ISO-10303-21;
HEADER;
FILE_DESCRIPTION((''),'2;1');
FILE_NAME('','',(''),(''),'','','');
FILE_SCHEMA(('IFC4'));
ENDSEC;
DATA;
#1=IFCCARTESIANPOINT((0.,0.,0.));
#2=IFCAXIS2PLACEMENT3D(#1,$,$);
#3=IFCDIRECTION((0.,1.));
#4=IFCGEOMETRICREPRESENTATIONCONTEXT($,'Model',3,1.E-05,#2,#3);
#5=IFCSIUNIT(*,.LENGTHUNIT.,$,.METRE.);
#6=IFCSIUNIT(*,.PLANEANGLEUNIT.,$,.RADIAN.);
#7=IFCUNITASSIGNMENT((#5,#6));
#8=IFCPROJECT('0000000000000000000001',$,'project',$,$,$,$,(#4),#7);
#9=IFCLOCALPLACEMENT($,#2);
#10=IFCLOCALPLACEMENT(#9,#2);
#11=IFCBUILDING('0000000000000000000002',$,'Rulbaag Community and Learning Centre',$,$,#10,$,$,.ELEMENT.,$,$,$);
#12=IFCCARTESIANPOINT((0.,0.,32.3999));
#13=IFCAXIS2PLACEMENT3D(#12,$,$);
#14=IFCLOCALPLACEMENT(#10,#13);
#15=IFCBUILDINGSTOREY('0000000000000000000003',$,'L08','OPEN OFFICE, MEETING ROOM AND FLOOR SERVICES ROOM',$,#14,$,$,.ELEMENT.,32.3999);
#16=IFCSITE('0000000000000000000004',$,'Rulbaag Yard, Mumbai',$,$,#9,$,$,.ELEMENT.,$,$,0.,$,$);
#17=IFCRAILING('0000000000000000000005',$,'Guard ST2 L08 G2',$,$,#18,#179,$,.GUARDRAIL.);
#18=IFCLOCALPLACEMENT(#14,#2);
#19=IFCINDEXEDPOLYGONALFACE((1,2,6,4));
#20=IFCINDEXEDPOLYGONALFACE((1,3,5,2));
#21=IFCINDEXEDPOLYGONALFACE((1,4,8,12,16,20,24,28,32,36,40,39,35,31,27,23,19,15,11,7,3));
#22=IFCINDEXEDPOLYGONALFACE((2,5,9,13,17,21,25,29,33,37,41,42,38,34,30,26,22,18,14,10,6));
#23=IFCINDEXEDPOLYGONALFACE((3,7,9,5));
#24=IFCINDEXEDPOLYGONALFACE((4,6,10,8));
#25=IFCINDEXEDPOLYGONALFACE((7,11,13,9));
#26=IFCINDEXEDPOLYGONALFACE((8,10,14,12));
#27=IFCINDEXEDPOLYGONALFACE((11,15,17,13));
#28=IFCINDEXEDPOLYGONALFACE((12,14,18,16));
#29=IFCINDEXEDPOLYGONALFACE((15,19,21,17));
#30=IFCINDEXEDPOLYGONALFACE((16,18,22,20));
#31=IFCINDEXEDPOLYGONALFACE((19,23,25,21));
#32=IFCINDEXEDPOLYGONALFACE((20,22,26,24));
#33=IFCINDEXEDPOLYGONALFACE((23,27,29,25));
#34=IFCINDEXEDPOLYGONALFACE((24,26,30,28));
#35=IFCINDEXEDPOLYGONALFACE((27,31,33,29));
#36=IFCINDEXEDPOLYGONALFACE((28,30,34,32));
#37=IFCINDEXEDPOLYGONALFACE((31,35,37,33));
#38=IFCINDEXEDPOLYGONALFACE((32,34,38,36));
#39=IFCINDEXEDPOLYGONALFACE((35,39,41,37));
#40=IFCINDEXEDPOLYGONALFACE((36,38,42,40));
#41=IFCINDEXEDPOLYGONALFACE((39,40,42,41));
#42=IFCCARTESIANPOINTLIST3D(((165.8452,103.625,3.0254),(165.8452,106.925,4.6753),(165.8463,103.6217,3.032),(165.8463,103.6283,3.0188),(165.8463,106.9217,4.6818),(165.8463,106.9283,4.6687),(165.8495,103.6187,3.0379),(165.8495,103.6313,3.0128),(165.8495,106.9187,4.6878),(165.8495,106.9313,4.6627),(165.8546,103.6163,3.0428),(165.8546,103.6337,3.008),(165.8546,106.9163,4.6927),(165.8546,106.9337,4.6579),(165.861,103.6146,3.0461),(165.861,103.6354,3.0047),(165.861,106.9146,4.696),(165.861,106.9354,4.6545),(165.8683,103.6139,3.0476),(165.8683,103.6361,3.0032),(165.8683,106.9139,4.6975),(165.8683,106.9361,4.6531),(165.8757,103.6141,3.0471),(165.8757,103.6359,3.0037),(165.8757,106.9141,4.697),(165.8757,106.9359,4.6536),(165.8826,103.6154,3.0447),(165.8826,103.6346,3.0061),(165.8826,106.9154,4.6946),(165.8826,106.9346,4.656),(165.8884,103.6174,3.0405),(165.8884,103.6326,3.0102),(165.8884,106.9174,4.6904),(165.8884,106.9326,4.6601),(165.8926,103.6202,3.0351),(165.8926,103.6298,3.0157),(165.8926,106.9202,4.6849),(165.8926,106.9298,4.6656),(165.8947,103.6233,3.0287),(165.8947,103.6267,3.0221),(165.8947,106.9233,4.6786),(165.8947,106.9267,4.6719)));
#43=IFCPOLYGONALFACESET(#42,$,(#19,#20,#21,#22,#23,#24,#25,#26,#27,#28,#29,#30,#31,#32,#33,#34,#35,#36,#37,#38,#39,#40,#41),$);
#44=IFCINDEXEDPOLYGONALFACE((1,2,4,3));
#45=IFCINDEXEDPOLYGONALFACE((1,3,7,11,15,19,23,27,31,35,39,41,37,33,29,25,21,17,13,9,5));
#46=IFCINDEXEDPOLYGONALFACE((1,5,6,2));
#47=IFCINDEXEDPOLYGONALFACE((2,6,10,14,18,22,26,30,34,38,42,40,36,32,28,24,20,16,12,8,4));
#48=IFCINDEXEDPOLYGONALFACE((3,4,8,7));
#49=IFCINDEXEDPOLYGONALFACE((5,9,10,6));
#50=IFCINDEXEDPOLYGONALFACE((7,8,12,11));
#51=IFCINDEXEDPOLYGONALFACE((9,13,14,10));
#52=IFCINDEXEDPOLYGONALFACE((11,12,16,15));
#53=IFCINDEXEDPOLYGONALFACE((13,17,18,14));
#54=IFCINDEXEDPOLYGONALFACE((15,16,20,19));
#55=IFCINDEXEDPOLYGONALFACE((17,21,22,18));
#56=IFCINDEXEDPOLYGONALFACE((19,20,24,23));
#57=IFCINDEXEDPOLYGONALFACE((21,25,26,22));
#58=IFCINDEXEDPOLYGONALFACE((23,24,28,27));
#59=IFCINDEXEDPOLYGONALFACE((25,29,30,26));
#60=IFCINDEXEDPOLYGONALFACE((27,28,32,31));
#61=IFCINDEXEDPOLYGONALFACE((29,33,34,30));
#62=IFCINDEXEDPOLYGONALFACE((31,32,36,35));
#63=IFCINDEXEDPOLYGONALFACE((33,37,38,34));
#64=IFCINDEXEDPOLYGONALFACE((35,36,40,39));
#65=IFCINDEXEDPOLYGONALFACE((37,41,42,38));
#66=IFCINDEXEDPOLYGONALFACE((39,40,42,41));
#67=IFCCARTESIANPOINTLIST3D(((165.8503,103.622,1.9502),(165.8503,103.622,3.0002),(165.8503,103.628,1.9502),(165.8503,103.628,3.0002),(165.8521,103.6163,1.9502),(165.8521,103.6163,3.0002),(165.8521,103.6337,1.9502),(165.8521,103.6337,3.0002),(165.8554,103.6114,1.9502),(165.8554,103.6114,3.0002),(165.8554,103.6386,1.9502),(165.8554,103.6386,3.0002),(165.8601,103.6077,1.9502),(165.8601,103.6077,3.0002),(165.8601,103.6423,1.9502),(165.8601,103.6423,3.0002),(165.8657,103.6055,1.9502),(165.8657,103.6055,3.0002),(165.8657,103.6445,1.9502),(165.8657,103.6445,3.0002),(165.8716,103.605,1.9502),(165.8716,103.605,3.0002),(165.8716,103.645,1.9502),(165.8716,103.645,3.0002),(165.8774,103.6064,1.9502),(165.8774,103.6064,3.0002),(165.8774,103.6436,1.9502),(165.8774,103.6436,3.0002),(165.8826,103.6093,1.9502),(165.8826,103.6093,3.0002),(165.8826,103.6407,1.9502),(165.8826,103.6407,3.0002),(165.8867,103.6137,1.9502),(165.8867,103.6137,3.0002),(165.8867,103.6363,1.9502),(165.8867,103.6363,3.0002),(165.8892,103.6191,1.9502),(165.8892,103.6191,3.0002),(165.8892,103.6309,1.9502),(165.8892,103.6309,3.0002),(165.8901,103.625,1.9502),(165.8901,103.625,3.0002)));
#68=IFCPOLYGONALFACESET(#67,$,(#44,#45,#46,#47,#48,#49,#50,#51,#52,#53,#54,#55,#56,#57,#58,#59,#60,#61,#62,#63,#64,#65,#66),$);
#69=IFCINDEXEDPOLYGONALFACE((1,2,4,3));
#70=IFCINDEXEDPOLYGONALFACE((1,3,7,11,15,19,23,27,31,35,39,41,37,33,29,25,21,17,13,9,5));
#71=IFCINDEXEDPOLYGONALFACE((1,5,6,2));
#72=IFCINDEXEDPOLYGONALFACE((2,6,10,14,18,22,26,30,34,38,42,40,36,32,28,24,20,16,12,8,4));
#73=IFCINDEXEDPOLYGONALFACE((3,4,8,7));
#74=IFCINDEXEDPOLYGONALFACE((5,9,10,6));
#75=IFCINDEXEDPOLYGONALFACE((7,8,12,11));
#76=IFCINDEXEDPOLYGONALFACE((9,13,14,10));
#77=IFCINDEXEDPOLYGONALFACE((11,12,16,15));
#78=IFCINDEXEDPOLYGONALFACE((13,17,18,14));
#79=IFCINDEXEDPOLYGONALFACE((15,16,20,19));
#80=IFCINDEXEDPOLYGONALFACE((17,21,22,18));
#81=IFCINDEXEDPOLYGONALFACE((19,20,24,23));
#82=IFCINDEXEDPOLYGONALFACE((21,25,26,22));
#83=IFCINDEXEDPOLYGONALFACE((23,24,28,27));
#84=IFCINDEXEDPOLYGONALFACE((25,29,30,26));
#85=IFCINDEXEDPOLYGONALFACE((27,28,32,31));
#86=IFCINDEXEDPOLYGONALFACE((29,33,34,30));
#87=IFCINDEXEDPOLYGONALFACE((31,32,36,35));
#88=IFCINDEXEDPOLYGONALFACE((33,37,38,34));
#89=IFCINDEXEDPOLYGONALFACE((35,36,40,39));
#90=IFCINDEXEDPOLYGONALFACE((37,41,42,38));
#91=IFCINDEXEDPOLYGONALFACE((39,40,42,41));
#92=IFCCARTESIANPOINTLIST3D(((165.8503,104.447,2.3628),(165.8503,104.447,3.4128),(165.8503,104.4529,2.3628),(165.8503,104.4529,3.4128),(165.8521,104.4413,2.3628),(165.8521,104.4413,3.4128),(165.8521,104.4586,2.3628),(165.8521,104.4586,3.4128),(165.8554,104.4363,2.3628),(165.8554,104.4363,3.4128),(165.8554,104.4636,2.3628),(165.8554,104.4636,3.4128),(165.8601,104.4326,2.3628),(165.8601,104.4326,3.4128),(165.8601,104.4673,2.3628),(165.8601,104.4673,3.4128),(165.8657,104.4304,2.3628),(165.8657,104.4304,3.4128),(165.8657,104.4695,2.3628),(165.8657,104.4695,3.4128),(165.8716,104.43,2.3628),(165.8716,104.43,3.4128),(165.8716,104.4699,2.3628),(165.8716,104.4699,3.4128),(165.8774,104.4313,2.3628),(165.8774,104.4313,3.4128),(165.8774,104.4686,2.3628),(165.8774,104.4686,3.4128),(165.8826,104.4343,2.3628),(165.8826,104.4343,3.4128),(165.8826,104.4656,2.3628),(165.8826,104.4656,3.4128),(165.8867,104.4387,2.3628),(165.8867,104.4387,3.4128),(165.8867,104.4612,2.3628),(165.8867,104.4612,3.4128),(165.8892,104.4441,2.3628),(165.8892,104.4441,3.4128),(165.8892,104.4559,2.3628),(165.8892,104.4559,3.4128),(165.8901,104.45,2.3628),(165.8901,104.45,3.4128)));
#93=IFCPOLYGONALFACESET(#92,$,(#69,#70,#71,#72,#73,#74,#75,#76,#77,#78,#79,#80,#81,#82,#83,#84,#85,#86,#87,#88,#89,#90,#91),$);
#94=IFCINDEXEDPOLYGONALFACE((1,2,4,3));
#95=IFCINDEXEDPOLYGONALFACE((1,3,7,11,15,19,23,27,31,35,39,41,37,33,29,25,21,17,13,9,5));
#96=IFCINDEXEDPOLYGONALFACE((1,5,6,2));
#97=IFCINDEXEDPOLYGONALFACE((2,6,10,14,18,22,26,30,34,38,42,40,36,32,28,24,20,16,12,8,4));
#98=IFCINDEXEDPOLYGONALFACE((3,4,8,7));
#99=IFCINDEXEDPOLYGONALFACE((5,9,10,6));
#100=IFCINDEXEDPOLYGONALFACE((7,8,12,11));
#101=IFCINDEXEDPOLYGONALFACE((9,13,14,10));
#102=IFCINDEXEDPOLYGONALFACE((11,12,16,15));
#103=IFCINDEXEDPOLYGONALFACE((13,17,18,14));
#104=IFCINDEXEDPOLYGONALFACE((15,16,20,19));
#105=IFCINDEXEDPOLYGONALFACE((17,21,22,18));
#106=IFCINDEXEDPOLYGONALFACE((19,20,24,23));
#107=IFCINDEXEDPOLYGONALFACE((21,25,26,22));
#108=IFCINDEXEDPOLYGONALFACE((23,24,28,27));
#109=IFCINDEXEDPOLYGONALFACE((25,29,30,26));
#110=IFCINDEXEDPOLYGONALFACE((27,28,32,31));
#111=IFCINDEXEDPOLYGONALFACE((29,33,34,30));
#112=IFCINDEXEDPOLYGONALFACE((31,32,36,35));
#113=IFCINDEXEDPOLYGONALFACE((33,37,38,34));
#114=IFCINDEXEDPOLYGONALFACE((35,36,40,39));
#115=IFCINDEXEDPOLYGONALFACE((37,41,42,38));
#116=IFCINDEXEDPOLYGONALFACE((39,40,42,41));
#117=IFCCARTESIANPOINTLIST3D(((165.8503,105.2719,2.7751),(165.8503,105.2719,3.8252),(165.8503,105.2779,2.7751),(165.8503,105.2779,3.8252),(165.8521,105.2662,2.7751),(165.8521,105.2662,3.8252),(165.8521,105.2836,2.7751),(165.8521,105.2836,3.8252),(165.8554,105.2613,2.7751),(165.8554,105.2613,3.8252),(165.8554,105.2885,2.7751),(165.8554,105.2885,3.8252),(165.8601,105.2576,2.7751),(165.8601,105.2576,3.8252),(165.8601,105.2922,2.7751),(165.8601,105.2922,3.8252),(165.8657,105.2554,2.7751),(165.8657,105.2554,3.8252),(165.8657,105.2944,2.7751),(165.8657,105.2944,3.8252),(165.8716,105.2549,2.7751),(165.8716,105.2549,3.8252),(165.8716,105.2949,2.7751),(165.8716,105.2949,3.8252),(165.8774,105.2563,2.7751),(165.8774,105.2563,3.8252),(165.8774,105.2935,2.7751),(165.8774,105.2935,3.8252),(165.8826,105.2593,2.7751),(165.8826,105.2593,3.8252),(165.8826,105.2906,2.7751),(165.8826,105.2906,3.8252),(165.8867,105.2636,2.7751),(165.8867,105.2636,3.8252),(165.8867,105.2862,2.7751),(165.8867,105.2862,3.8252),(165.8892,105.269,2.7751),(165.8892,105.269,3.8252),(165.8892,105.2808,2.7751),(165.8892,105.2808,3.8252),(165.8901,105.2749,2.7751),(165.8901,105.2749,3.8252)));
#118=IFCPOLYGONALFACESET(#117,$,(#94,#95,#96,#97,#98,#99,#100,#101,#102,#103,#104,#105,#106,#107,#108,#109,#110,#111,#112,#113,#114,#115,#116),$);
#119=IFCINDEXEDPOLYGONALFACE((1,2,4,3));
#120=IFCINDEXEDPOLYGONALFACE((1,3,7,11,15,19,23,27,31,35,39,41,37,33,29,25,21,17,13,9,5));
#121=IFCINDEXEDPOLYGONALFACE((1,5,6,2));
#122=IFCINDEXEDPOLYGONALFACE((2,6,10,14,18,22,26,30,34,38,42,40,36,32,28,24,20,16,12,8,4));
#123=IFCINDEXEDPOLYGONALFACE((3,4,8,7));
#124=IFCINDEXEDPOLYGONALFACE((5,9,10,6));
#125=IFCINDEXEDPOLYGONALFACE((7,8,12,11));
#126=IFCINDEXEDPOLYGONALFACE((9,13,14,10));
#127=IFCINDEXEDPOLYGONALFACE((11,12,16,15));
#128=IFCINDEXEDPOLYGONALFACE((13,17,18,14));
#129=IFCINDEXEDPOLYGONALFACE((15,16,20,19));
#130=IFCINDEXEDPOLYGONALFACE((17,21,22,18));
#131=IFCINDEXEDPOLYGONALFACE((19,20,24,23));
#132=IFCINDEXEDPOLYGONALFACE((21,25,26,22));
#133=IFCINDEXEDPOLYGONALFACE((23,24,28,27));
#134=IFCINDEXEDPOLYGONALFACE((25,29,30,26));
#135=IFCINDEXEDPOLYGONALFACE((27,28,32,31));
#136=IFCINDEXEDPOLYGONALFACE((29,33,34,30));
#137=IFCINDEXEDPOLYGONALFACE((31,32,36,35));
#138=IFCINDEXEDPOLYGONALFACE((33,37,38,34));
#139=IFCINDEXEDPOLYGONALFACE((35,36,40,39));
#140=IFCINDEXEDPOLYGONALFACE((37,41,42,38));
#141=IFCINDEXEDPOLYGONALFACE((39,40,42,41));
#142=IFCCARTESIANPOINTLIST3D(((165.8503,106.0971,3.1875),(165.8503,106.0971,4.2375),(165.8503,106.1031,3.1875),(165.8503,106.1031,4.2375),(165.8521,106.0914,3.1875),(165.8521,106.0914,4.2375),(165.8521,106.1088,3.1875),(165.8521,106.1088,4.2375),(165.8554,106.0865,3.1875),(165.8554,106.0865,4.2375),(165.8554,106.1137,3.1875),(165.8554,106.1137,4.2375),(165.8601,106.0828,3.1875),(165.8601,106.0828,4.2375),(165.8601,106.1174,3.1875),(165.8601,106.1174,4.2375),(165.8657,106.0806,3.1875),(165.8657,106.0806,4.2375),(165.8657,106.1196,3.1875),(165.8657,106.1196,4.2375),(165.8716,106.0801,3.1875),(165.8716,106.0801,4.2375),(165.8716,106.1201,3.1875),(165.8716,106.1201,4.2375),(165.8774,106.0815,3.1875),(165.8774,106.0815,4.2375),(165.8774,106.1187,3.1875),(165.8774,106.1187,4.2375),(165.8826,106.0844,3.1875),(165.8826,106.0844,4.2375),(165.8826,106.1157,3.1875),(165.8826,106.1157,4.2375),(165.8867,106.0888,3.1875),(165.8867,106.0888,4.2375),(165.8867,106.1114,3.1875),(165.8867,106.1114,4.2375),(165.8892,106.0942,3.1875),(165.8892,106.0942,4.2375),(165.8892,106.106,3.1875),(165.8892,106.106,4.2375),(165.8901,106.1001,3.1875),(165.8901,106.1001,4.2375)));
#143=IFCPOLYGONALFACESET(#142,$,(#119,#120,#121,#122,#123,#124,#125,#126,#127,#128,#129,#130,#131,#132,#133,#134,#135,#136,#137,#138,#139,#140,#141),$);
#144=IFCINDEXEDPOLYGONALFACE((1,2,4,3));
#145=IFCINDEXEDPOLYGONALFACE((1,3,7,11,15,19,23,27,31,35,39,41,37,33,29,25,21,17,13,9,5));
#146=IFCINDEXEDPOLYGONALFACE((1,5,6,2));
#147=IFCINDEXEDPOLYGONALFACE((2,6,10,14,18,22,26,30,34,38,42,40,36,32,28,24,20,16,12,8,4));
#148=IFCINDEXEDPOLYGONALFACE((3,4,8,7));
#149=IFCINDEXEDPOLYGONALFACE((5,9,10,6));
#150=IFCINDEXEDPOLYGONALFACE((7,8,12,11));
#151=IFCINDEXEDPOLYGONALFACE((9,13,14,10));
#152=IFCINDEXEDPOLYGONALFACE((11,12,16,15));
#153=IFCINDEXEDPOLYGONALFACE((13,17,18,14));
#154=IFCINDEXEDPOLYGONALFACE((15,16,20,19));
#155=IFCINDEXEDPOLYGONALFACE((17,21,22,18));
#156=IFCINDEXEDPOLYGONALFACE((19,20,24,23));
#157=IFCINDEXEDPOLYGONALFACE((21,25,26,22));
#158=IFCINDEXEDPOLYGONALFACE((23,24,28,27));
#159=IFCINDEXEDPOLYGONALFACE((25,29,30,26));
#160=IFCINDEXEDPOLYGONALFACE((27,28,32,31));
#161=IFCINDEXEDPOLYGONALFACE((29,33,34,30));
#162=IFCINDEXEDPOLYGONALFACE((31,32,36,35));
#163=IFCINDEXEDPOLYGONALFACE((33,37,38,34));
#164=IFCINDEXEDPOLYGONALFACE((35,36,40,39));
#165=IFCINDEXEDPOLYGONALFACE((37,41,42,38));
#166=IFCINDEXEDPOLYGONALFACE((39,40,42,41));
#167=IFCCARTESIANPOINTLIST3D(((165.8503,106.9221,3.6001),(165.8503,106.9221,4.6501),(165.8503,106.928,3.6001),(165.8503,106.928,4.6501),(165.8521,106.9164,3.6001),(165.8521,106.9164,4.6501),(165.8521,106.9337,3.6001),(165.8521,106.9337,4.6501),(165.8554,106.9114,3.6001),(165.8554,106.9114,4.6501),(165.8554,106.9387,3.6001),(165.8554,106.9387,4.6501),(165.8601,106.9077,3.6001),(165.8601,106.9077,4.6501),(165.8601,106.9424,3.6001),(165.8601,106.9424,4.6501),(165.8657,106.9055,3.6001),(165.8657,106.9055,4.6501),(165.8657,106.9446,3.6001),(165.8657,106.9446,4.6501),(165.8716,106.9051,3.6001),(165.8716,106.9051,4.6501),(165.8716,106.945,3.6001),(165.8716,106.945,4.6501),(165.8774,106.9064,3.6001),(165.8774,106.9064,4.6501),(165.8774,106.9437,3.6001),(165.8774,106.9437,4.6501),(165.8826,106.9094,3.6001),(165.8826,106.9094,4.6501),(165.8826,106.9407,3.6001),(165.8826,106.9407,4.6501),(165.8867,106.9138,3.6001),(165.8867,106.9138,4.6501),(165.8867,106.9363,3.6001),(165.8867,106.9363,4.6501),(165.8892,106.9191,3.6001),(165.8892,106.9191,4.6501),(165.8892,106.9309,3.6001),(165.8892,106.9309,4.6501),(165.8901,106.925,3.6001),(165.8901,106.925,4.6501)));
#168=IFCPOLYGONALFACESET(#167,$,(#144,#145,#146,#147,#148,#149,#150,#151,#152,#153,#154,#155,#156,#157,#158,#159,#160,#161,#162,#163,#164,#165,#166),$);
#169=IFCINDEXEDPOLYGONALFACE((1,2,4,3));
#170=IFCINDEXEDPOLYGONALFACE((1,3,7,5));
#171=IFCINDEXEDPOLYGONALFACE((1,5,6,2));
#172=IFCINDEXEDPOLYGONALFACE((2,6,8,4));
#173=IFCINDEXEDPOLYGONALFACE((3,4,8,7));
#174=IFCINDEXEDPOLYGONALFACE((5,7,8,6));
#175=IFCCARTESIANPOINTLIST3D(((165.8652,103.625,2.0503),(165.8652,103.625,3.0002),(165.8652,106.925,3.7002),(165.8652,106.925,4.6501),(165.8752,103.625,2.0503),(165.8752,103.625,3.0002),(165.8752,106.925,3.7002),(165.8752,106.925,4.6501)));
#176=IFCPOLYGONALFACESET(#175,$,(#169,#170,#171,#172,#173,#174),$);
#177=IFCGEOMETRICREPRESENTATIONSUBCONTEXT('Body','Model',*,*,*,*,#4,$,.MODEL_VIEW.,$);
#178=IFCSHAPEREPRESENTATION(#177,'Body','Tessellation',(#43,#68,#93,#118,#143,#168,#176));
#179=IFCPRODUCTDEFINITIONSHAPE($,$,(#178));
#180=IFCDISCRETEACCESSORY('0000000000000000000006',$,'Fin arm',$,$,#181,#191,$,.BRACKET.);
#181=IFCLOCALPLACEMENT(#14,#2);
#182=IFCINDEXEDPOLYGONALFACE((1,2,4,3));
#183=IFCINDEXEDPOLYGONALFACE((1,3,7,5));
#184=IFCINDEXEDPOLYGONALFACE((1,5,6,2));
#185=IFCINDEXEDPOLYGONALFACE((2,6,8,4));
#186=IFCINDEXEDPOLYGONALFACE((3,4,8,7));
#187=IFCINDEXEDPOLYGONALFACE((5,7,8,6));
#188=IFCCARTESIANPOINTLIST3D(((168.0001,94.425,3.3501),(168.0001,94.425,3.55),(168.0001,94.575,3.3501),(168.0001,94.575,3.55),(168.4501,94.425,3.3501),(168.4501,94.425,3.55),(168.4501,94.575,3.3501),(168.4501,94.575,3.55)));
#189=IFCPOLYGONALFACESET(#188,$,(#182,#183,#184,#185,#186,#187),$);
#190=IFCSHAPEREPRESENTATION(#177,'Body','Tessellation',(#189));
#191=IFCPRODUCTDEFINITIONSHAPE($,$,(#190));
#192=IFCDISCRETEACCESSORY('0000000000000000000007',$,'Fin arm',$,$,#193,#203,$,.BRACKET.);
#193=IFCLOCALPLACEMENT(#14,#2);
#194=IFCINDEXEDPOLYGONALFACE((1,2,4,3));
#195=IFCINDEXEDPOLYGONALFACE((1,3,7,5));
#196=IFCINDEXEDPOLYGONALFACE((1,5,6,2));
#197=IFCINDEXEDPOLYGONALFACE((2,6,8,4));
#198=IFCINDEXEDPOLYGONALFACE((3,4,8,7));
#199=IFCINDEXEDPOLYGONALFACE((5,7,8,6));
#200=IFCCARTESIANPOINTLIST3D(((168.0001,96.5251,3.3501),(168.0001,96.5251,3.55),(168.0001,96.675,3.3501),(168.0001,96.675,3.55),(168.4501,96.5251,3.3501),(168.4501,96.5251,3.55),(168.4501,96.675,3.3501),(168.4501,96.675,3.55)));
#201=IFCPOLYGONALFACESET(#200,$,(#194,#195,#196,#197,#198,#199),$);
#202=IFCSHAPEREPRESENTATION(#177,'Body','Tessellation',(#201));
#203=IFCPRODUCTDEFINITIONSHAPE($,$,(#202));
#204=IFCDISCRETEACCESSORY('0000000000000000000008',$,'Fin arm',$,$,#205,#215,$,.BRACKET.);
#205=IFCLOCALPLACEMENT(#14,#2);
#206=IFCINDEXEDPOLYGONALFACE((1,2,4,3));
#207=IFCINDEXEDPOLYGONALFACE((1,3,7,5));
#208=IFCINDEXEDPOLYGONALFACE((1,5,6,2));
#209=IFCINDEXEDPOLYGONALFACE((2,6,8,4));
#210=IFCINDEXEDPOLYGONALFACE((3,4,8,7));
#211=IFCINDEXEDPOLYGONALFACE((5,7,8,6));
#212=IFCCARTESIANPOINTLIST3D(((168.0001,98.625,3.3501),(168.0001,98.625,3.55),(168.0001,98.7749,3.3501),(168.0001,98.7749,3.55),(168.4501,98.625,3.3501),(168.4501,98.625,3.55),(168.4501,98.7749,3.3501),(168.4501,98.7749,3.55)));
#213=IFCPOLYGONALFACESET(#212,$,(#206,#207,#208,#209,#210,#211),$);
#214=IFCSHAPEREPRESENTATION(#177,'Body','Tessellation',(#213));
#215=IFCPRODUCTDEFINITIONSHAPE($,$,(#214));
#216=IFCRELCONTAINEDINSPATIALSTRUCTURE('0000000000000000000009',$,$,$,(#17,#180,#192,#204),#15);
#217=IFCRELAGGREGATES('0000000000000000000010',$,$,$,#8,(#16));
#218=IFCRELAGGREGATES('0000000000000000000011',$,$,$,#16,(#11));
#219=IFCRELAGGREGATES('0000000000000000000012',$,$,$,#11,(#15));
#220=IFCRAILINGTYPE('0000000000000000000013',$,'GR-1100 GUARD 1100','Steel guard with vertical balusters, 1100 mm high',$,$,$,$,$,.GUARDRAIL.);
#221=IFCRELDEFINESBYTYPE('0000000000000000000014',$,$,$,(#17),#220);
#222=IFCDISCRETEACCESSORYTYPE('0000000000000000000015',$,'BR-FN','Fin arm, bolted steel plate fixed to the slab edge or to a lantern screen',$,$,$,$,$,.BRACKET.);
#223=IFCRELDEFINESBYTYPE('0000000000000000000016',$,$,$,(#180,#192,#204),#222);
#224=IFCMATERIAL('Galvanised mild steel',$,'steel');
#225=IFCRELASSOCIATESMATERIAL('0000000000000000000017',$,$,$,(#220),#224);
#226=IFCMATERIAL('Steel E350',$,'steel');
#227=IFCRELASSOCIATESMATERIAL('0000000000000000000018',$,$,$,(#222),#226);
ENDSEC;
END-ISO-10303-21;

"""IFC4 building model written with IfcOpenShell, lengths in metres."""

from ifc_helpers import new_model, si_unit, direction, frame, origin, origin_2d, place, context, subcontext, project, spatial, polyline, rectangle, circle, outline, extrude, material, type_object, element, save


model = new_model("IFC4")

# Units and contexts
model_context = context("Model", 3, precision=1e-05, world=origin(), true_north=direction((0.0, 1.0)))
body_context = subcontext(model_context, "Body", "Model", "MODEL_VIEW")
ifc_project = project(units=[si_unit("LENGTHUNIT", "METRE"), si_unit("PLANEANGLEUNIT", "RADIAN")], contexts=[model_context])

# Site, building, storey
site_placement = place(None, origin())
site = spatial("IfcSite", under=ifc_project, at=site_placement, Name="Rulbaag Yard, Mumbai", CompositionType="ELEMENT", RefElevation=0.0)
building_placement = place(site_placement, origin())
building = spatial("IfcBuilding", under=site, at=building_placement, Name="Rulbaag Community and Learning Centre", CompositionType="ELEMENT")
storey_placement = place(building_placement, frame((0.0, 0.0, 32.3999)))
storey = spatial("IfcBuildingStorey", under=building, at=storey_placement, Name="L08", Description="OPEN OFFICE, MEETING ROOM AND FLOOR SERVICES ROOM", CompositionType="ELEMENT", Elevation=32.3999)

# Railing
ifc_material_1 = material(Name="Galvanised mild steel", Category="steel")
railing_type_1 = type_object("IfcRailingType", Name="GR-1100 GUARD 1100", Description="Steel guard with vertical balusters, 1100 mm high", PredefinedType="GUARDRAIL", material=ifc_material_1)
railing_1_placement = place(storey_placement, frame((165.8701, 103.625, 1.9502)))
element("IfcRailing", 1, at=railing_1_placement, inside=storey, type_object=railing_type_1, Name="Guard ST2 L08 G2", PredefinedType="GUARDRAIL", context=body_context, shape_type="SweptSolid", body=[
    extrude(circle(Radius=0.0249, at=origin_2d()), frame((0.0, 0.0, 1.0752), z_axis=(0.0, 0.89444, 0.447187), x_axis=(-1.0, 0.0, 0.0)), (0.0, 0.0, 1.0), 3.6895),
    extrude(circle(Radius=0.02, at=origin_2d()), origin(), (0.0, 0.0, 1.0), 1.05),
    extrude(circle(Radius=0.02, at=origin_2d()), frame((0.0, 0.825, 0.4126)), (0.0, 0.0, 1.0), 1.05),
    extrude(circle(Radius=0.02, at=origin_2d()), frame((0.0, 1.6499, 0.825)), (0.0, 0.0, 1.0), 1.05),
    extrude(circle(Radius=0.02, at=origin_2d()), frame((0.0, 2.4751, 1.2373)), (0.0, 0.0, 1.0), 1.05),
    extrude(circle(Radius=0.02, at=origin_2d()), frame((0.0, 3.3, 1.6499)), (0.0, 0.0, 1.0), 1.05),
    extrude(outline(polyline([(0.0, 0.0), (3.3, 1.6499), (3.3, 2.5999), (0.0, 0.95), (0.0, 0.0)])), frame((-0.0049, 0.0, 0.1001), z_axis=(1.0, 0.0, 0.0), x_axis=(0.0, 1.0, 0.0)), (0.0, 0.0, 1.0), 0.01),
])

# Discrete accessories
ifc_material_2 = material(Name="Steel E350", Category="steel")
discrete_accessory_type = type_object("IfcDiscreteAccessoryType", Name="BR-FN", Description="Fin arm, bolted steel plate fixed to the slab edge or to a lantern screen", PredefinedType="BRACKET", material=ifc_material_2)
for number, where, z_axis, x_axis, name in (
    (2, (168.2251, 94.5, 3.3501), (0.0, 0.0, 1.0), (1.0, 0.0, 0.0), "Fin arm"),
    (3, (168.2251, 96.6001, 3.3501), (0.0, 0.0, 1.0), (1.0, 0.0, 0.0), "Fin arm"),
    (4, (168.2251, 98.7, 3.3501), (0.0, 0.0, 1.0), (1.0, 0.0, 0.0), "Fin arm"),
):
    element("IfcDiscreteAccessory", number, at=place(storey_placement, frame(where, z_axis=z_axis, x_axis=x_axis)), inside=storey, type_object=discrete_accessory_type, Name=name, PredefinedType="BRACKET", context=body_context, shape_type="SweptSolid", body=[
        extrude(rectangle(XDim=0.45, YDim=0.1499, at=origin_2d()), origin(), (0.0, 0.0, 1.0), 0.2),
    ])

save(model, "model.ifc")
